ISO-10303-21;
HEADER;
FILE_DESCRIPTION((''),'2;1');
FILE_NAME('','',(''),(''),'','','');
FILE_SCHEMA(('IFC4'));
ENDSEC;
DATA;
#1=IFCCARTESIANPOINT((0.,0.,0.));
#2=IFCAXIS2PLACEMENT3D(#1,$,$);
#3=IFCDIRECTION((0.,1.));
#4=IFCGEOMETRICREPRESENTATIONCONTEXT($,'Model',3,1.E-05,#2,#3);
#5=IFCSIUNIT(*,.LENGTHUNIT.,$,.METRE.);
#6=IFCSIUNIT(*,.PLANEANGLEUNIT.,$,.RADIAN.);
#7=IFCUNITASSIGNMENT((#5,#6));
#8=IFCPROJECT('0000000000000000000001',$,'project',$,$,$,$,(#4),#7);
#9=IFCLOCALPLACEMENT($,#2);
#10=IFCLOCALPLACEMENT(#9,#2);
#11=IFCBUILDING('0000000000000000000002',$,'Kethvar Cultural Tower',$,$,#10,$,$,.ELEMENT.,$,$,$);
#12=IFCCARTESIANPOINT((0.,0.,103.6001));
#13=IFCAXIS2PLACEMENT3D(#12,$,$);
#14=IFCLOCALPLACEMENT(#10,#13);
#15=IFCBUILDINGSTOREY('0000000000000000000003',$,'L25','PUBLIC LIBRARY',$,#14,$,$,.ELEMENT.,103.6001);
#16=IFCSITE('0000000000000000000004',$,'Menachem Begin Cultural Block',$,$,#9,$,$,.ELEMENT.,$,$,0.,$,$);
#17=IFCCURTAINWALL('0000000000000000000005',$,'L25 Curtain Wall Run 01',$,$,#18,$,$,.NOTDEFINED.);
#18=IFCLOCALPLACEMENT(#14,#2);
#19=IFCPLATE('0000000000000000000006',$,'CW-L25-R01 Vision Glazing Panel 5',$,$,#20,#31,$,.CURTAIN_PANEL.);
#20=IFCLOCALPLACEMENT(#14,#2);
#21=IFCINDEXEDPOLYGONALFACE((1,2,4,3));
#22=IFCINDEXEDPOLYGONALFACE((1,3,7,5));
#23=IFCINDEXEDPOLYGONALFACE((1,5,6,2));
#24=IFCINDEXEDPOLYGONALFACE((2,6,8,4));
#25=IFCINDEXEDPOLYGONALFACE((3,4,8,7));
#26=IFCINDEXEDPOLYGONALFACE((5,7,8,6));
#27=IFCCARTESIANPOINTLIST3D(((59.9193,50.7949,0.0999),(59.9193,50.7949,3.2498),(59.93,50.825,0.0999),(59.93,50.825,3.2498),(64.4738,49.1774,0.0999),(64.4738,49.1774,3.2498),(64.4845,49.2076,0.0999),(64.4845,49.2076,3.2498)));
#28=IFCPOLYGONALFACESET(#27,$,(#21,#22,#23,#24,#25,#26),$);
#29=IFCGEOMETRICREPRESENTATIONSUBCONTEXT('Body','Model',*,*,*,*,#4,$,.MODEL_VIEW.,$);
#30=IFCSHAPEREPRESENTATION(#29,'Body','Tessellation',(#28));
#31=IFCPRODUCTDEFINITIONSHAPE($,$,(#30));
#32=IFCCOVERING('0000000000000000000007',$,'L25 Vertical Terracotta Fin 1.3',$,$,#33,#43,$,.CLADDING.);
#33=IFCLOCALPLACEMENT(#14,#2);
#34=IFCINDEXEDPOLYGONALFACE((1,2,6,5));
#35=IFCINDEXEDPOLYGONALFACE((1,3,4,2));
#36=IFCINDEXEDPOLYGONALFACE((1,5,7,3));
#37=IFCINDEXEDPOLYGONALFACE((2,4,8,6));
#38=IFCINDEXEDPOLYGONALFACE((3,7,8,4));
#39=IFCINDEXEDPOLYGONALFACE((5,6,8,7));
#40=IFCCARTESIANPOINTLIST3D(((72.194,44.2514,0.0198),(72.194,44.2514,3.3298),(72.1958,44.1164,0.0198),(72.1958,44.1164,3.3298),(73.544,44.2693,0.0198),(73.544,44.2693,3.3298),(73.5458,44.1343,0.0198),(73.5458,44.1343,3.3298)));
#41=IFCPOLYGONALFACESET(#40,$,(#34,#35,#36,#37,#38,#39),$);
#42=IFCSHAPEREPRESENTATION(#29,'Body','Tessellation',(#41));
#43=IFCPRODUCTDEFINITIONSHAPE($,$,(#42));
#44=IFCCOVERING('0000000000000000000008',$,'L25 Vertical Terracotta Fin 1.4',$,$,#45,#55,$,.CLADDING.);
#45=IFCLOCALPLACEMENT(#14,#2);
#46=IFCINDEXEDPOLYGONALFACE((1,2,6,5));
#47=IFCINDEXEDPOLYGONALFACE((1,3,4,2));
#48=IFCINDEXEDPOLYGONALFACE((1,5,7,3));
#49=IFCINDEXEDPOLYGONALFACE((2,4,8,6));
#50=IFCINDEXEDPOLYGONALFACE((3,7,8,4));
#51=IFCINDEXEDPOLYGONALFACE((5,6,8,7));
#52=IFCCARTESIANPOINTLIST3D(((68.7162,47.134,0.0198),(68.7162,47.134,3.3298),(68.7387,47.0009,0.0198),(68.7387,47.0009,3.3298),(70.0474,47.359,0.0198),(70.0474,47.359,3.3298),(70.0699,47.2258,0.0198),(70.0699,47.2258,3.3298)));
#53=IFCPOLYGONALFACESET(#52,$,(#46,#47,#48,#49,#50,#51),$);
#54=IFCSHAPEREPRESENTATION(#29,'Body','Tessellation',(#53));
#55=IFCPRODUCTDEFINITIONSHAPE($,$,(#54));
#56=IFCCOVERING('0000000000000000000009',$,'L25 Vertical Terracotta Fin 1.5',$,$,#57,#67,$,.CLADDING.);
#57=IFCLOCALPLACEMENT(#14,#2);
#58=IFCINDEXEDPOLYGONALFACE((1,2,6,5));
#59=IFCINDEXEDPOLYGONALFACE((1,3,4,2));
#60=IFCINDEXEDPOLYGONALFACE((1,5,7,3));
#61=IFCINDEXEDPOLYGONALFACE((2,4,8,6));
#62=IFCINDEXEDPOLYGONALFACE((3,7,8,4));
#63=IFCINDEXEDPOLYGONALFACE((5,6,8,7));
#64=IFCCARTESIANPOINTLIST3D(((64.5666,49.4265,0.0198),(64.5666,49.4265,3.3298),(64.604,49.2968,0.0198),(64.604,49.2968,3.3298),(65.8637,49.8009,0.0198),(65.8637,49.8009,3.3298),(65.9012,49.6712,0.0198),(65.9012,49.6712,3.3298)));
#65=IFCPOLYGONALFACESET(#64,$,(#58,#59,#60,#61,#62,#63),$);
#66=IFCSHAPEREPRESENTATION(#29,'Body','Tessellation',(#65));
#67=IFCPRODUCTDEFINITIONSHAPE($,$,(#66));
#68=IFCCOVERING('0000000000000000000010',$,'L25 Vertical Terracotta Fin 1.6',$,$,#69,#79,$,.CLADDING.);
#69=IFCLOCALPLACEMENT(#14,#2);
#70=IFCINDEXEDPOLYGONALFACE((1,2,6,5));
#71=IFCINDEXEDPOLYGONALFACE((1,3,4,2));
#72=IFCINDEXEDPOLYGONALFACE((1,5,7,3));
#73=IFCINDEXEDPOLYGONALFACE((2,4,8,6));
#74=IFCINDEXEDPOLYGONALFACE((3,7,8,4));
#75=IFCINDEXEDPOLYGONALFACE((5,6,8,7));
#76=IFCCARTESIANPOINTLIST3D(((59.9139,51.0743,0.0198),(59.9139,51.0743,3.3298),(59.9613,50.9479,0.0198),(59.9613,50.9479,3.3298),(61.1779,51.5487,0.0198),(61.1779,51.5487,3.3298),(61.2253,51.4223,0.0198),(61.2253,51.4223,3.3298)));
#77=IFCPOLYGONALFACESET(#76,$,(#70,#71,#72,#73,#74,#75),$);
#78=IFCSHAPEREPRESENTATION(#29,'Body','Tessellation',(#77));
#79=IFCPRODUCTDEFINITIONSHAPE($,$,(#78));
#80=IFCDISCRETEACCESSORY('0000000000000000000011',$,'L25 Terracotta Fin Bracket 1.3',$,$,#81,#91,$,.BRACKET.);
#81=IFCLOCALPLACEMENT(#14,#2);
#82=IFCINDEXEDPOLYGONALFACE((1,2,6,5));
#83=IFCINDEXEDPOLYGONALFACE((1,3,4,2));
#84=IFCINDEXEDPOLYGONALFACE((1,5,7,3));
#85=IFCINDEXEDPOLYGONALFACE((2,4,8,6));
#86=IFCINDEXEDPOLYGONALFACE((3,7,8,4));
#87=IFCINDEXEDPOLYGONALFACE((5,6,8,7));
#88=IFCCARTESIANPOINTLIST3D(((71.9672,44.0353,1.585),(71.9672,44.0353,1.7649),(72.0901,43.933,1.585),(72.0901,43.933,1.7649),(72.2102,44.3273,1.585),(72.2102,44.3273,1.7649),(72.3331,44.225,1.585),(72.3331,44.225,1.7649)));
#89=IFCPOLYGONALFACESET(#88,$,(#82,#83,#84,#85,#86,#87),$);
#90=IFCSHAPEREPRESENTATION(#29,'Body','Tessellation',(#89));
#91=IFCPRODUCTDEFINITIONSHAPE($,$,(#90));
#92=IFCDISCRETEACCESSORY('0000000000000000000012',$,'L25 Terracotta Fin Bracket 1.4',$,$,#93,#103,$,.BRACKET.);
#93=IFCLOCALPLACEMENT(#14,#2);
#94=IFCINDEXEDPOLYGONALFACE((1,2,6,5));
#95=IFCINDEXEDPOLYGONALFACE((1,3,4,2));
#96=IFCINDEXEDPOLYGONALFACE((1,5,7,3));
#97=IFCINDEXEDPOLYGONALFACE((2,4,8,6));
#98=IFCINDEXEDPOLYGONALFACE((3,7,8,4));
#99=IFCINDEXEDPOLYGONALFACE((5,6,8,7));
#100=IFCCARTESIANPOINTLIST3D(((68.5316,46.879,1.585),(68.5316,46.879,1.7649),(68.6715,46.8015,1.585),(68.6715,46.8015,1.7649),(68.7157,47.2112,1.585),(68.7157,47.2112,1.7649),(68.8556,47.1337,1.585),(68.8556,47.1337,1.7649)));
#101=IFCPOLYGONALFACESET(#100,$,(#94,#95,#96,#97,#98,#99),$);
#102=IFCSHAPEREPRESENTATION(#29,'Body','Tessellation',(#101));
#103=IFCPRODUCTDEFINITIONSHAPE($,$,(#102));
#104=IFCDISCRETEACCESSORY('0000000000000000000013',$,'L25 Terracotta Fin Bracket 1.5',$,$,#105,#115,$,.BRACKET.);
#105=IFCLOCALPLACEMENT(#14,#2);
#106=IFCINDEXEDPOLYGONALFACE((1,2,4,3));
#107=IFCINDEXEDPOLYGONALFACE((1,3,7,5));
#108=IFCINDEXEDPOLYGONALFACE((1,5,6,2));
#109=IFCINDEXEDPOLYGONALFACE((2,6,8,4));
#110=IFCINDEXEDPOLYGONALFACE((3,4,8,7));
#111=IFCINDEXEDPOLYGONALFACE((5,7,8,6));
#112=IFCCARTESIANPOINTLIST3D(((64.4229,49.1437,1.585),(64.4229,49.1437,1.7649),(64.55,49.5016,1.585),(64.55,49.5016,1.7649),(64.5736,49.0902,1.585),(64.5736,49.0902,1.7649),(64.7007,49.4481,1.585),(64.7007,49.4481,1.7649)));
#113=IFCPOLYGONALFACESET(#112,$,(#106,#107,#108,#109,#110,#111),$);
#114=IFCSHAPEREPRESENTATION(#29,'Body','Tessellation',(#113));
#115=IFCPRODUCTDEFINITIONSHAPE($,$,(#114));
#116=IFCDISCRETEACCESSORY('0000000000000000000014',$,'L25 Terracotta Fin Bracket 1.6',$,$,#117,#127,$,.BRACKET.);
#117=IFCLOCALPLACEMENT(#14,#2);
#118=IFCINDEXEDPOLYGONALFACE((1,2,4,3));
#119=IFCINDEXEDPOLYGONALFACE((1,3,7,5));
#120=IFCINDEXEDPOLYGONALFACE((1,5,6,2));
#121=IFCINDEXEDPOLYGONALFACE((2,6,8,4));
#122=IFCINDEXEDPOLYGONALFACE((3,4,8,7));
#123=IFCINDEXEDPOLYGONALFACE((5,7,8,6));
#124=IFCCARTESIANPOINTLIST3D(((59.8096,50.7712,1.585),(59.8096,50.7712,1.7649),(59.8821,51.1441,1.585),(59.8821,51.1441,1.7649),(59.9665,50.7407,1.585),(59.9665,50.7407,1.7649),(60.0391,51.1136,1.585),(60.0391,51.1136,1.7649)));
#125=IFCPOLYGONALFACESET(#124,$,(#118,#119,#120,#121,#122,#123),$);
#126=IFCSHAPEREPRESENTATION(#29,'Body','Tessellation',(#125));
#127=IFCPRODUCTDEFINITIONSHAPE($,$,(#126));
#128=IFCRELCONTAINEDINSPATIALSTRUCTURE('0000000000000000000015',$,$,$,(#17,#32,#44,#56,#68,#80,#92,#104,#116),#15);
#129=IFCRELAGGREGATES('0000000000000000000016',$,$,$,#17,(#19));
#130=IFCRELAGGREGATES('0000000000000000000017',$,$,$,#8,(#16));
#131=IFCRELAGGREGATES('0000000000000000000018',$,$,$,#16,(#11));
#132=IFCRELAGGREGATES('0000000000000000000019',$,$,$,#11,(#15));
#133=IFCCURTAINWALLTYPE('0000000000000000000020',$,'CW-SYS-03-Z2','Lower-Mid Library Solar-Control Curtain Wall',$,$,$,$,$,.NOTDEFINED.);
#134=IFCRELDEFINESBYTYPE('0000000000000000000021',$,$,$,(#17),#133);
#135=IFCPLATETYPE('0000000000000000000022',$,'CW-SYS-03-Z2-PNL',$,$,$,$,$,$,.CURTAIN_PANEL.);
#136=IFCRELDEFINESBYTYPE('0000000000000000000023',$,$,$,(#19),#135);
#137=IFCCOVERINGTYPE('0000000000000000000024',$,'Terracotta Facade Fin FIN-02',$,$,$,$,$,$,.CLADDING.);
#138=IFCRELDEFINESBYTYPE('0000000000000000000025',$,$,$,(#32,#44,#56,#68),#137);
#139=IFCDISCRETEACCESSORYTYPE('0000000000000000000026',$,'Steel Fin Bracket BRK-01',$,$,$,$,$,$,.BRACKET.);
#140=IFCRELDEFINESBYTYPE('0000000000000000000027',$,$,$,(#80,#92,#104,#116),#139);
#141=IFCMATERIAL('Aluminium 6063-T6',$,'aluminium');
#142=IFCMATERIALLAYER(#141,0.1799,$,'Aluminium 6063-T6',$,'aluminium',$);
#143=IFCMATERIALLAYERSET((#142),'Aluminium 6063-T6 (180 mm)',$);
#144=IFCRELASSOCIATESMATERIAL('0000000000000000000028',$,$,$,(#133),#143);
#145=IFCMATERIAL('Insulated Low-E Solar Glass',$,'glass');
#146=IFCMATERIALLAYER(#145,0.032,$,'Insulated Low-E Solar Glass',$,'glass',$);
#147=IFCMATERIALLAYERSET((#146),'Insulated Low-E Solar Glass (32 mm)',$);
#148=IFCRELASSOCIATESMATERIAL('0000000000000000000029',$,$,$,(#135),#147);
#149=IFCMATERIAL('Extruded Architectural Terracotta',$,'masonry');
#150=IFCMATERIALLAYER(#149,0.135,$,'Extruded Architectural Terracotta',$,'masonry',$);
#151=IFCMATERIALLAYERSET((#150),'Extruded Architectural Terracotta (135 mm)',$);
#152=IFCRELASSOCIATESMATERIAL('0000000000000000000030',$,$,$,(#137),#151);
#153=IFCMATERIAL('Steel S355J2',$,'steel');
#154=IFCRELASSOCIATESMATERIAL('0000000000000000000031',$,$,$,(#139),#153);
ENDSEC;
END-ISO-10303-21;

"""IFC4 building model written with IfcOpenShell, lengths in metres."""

from ifc_helpers import new_model, si_unit, direction, frame, origin, origin_2d, place, context, subcontext, project, spatial, rectangle, extrude, source, transform, mapped, material, layer, layer_set, type_object, element, aggregate, save


model = new_model("IFC4")

# Units and contexts
model_context = context("Model", 3, precision=1e-05, world=origin(), true_north=direction((0.0, 1.0)))
body_context = subcontext(model_context, "Body", "Model", "MODEL_VIEW")
ifc_project = project(units=[si_unit("LENGTHUNIT", "METRE"), si_unit("PLANEANGLEUNIT", "RADIAN")], contexts=[model_context])

# Site, building, storey
site_placement = place(None, origin())
site = spatial("IfcSite", under=ifc_project, at=site_placement, Name="Menachem Begin Cultural Block", CompositionType="ELEMENT", RefElevation=0.0)
building_placement = place(site_placement, origin())
building = spatial("IfcBuilding", under=site, at=building_placement, Name="Kethvar Cultural Tower", CompositionType="ELEMENT")
storey_placement = place(building_placement, frame((0.0, 0.0, 103.6001)))
storey = spatial("IfcBuildingStorey", under=building, at=storey_placement, Name="L25", Description="PUBLIC LIBRARY", CompositionType="ELEMENT", Elevation=103.6001)

# Shared definitions
ifc_material_1 = material(Name="Steel S355J2", Category="steel")

# Curtain wall, plate
ifc_material_2 = material(Name="Aluminium 6063-T6", Category="aluminium")
ifc_layer_1 = layer(ifc_material_2, 0.1799, Name="Aluminium 6063-T6", Category="aluminium")
ifc_layer_set_1 = layer_set([ifc_layer_1], Name="Aluminium 6063-T6 (180 mm)")
curtain_wall_type = type_object("IfcCurtainWallType", Name="CW-SYS-03-Z2", Description="Lower-Mid Library Solar-Control Curtain Wall", PredefinedType="NOTDEFINED", material=ifc_layer_set_1)
curtain_wall_placement = place(storey_placement, origin())
curtain_wall = element("IfcCurtainWall", 1, at=curtain_wall_placement, inside=storey, type_object=curtain_wall_type, Name="L25 Curtain Wall Run 01", PredefinedType="NOTDEFINED")
ifc_material_3 = material(Name="Insulated Low-E Solar Glass", Category="glass")
ifc_layer_2 = layer(ifc_material_3, 0.032, Name="Insulated Low-E Solar Glass", Category="glass")
ifc_layer_set_2 = layer_set([ifc_layer_2], Name="Insulated Low-E Solar Glass (32 mm)")
plate_type = type_object("IfcPlateType", Name="CW-SYS-03-Z2-PNL", PredefinedType="CURTAIN_PANEL", material=ifc_layer_set_2)
shared_shape_1 = source(origin(), body_context, "Body", "SweptSolid", [
    extrude(rectangle(XDim=4.8333, YDim=0.032, at=origin_2d()), origin(), (0.0, 0.0, 1.0), 3.1499),
])
plate_1_placement = place(storey_placement, frame((62.2019, 50.0012, 0.0999), z_axis=(0.0, 0.0, 1.0), x_axis=(-0.942344, 0.334646, 0.0)))
plate_1 = element("IfcPlate", 2, at=plate_1_placement, type_object=plate_type, Name="CW-L25-R01 Vision Glazing Panel 5", PredefinedType="CURTAIN_PANEL", context=body_context, shape_type="MappedRepresentation", body=[
    mapped(shared_shape_1, transform((0.0, 0.0, 0.0), scale=1.0)),
])
aggregate(curtain_wall, [plate_1])

# Coverings
ifc_material_4 = material(Name="Extruded Architectural Terracotta", Category="masonry")
ifc_layer_3 = layer(ifc_material_4, 0.135, Name="Extruded Architectural Terracotta", Category="masonry")
ifc_layer_set_3 = layer_set([ifc_layer_3], Name="Extruded Architectural Terracotta (135 mm)")
covering_type = type_object("IfcCoveringType", Name="Terracotta Facade Fin FIN-02", PredefinedType="CLADDING", material=ifc_layer_set_3)
shared_shape_2 = source(origin(), body_context, "Body", "SweptSolid", [
    extrude(rectangle(XDim=1.3501, YDim=0.135, at=origin_2d()), origin(), (0.0, 0.0, 1.0), 3.3101),
])
for number, where, z_axis, x_axis, name in (
    (3, (72.8699, 44.1929, 0.0198), (0.0, 0.0, 1.0), (0.999912, 0.013264, 0.0), "L25 Vertical Terracotta Fin 1.3"),
    (4, (69.3931, 47.1799, 0.0198), (0.0, 0.0, 1.0), (0.986025, 0.166597, 0.0), "L25 Vertical Terracotta Fin 1.4"),
    (5, (65.2339, 49.5488, 0.0198), (0.0, 0.0, 1.0), (0.960779, 0.277315, 0.0), "L25 Vertical Terracotta Fin 1.5"),
    (6, (60.5696, 51.2483, 0.0198), (0.0, 0.0, 1.0), (0.936244, 0.351351, 0.0), "L25 Vertical Terracotta Fin 1.6"),
):
    element("IfcCovering", number, at=place(storey_placement, frame(where, z_axis=z_axis, x_axis=x_axis)), inside=storey, type_object=covering_type, Name=name, PredefinedType="CLADDING", context=body_context, shape_type="MappedRepresentation", body=[
        mapped(shared_shape_2, transform((0.0, 0.0, 0.0), scale=1.0)),
    ])

# Discrete accessories
discrete_accessory_type = type_object("IfcDiscreteAccessoryType", Name="Steel Fin Bracket BRK-01", PredefinedType="BRACKET", material=ifc_material_1)
shared_shape_3 = source(origin(), body_context, "Body", "SweptSolid", [
    extrude(rectangle(XDim=0.3799, YDim=0.1599, at=origin_2d()), origin(), (0.0, 0.0, 1.0), 0.1799),
])
for number, where, z_axis, x_axis, name in (
    (7, (72.1501, 44.1301, 1.585), (0.0, 0.0, 1.0), (0.639573, 0.76873, 0.0), "L25 Terracotta Fin Bracket 1.3"),
    (8, (68.6936, 47.0063, 1.585), (0.0, 0.0, 1.0), (0.484657, 0.874704, 0.0), "L25 Terracotta Fin Bracket 1.4"),
    (9, (64.5618, 49.2959, 1.585), (0.0, 0.0, 1.0), (0.334629, 0.94235, 0.0), "L25 Terracotta Fin Bracket 1.5"),
    (10, (59.9243, 50.9424, 1.585), (0.0, 0.0, 1.0), (0.19098, 0.981594, 0.0), "L25 Terracotta Fin Bracket 1.6"),
):
    element("IfcDiscreteAccessory", number, at=place(storey_placement, frame(where, z_axis=z_axis, x_axis=x_axis)), inside=storey, type_object=discrete_accessory_type, Name=name, PredefinedType="BRACKET", context=body_context, shape_type="MappedRepresentation", body=[
        mapped(shared_shape_3, transform((0.0, 0.0, 0.0), scale=1.0)),
    ])

save(model, "model.ifc")
